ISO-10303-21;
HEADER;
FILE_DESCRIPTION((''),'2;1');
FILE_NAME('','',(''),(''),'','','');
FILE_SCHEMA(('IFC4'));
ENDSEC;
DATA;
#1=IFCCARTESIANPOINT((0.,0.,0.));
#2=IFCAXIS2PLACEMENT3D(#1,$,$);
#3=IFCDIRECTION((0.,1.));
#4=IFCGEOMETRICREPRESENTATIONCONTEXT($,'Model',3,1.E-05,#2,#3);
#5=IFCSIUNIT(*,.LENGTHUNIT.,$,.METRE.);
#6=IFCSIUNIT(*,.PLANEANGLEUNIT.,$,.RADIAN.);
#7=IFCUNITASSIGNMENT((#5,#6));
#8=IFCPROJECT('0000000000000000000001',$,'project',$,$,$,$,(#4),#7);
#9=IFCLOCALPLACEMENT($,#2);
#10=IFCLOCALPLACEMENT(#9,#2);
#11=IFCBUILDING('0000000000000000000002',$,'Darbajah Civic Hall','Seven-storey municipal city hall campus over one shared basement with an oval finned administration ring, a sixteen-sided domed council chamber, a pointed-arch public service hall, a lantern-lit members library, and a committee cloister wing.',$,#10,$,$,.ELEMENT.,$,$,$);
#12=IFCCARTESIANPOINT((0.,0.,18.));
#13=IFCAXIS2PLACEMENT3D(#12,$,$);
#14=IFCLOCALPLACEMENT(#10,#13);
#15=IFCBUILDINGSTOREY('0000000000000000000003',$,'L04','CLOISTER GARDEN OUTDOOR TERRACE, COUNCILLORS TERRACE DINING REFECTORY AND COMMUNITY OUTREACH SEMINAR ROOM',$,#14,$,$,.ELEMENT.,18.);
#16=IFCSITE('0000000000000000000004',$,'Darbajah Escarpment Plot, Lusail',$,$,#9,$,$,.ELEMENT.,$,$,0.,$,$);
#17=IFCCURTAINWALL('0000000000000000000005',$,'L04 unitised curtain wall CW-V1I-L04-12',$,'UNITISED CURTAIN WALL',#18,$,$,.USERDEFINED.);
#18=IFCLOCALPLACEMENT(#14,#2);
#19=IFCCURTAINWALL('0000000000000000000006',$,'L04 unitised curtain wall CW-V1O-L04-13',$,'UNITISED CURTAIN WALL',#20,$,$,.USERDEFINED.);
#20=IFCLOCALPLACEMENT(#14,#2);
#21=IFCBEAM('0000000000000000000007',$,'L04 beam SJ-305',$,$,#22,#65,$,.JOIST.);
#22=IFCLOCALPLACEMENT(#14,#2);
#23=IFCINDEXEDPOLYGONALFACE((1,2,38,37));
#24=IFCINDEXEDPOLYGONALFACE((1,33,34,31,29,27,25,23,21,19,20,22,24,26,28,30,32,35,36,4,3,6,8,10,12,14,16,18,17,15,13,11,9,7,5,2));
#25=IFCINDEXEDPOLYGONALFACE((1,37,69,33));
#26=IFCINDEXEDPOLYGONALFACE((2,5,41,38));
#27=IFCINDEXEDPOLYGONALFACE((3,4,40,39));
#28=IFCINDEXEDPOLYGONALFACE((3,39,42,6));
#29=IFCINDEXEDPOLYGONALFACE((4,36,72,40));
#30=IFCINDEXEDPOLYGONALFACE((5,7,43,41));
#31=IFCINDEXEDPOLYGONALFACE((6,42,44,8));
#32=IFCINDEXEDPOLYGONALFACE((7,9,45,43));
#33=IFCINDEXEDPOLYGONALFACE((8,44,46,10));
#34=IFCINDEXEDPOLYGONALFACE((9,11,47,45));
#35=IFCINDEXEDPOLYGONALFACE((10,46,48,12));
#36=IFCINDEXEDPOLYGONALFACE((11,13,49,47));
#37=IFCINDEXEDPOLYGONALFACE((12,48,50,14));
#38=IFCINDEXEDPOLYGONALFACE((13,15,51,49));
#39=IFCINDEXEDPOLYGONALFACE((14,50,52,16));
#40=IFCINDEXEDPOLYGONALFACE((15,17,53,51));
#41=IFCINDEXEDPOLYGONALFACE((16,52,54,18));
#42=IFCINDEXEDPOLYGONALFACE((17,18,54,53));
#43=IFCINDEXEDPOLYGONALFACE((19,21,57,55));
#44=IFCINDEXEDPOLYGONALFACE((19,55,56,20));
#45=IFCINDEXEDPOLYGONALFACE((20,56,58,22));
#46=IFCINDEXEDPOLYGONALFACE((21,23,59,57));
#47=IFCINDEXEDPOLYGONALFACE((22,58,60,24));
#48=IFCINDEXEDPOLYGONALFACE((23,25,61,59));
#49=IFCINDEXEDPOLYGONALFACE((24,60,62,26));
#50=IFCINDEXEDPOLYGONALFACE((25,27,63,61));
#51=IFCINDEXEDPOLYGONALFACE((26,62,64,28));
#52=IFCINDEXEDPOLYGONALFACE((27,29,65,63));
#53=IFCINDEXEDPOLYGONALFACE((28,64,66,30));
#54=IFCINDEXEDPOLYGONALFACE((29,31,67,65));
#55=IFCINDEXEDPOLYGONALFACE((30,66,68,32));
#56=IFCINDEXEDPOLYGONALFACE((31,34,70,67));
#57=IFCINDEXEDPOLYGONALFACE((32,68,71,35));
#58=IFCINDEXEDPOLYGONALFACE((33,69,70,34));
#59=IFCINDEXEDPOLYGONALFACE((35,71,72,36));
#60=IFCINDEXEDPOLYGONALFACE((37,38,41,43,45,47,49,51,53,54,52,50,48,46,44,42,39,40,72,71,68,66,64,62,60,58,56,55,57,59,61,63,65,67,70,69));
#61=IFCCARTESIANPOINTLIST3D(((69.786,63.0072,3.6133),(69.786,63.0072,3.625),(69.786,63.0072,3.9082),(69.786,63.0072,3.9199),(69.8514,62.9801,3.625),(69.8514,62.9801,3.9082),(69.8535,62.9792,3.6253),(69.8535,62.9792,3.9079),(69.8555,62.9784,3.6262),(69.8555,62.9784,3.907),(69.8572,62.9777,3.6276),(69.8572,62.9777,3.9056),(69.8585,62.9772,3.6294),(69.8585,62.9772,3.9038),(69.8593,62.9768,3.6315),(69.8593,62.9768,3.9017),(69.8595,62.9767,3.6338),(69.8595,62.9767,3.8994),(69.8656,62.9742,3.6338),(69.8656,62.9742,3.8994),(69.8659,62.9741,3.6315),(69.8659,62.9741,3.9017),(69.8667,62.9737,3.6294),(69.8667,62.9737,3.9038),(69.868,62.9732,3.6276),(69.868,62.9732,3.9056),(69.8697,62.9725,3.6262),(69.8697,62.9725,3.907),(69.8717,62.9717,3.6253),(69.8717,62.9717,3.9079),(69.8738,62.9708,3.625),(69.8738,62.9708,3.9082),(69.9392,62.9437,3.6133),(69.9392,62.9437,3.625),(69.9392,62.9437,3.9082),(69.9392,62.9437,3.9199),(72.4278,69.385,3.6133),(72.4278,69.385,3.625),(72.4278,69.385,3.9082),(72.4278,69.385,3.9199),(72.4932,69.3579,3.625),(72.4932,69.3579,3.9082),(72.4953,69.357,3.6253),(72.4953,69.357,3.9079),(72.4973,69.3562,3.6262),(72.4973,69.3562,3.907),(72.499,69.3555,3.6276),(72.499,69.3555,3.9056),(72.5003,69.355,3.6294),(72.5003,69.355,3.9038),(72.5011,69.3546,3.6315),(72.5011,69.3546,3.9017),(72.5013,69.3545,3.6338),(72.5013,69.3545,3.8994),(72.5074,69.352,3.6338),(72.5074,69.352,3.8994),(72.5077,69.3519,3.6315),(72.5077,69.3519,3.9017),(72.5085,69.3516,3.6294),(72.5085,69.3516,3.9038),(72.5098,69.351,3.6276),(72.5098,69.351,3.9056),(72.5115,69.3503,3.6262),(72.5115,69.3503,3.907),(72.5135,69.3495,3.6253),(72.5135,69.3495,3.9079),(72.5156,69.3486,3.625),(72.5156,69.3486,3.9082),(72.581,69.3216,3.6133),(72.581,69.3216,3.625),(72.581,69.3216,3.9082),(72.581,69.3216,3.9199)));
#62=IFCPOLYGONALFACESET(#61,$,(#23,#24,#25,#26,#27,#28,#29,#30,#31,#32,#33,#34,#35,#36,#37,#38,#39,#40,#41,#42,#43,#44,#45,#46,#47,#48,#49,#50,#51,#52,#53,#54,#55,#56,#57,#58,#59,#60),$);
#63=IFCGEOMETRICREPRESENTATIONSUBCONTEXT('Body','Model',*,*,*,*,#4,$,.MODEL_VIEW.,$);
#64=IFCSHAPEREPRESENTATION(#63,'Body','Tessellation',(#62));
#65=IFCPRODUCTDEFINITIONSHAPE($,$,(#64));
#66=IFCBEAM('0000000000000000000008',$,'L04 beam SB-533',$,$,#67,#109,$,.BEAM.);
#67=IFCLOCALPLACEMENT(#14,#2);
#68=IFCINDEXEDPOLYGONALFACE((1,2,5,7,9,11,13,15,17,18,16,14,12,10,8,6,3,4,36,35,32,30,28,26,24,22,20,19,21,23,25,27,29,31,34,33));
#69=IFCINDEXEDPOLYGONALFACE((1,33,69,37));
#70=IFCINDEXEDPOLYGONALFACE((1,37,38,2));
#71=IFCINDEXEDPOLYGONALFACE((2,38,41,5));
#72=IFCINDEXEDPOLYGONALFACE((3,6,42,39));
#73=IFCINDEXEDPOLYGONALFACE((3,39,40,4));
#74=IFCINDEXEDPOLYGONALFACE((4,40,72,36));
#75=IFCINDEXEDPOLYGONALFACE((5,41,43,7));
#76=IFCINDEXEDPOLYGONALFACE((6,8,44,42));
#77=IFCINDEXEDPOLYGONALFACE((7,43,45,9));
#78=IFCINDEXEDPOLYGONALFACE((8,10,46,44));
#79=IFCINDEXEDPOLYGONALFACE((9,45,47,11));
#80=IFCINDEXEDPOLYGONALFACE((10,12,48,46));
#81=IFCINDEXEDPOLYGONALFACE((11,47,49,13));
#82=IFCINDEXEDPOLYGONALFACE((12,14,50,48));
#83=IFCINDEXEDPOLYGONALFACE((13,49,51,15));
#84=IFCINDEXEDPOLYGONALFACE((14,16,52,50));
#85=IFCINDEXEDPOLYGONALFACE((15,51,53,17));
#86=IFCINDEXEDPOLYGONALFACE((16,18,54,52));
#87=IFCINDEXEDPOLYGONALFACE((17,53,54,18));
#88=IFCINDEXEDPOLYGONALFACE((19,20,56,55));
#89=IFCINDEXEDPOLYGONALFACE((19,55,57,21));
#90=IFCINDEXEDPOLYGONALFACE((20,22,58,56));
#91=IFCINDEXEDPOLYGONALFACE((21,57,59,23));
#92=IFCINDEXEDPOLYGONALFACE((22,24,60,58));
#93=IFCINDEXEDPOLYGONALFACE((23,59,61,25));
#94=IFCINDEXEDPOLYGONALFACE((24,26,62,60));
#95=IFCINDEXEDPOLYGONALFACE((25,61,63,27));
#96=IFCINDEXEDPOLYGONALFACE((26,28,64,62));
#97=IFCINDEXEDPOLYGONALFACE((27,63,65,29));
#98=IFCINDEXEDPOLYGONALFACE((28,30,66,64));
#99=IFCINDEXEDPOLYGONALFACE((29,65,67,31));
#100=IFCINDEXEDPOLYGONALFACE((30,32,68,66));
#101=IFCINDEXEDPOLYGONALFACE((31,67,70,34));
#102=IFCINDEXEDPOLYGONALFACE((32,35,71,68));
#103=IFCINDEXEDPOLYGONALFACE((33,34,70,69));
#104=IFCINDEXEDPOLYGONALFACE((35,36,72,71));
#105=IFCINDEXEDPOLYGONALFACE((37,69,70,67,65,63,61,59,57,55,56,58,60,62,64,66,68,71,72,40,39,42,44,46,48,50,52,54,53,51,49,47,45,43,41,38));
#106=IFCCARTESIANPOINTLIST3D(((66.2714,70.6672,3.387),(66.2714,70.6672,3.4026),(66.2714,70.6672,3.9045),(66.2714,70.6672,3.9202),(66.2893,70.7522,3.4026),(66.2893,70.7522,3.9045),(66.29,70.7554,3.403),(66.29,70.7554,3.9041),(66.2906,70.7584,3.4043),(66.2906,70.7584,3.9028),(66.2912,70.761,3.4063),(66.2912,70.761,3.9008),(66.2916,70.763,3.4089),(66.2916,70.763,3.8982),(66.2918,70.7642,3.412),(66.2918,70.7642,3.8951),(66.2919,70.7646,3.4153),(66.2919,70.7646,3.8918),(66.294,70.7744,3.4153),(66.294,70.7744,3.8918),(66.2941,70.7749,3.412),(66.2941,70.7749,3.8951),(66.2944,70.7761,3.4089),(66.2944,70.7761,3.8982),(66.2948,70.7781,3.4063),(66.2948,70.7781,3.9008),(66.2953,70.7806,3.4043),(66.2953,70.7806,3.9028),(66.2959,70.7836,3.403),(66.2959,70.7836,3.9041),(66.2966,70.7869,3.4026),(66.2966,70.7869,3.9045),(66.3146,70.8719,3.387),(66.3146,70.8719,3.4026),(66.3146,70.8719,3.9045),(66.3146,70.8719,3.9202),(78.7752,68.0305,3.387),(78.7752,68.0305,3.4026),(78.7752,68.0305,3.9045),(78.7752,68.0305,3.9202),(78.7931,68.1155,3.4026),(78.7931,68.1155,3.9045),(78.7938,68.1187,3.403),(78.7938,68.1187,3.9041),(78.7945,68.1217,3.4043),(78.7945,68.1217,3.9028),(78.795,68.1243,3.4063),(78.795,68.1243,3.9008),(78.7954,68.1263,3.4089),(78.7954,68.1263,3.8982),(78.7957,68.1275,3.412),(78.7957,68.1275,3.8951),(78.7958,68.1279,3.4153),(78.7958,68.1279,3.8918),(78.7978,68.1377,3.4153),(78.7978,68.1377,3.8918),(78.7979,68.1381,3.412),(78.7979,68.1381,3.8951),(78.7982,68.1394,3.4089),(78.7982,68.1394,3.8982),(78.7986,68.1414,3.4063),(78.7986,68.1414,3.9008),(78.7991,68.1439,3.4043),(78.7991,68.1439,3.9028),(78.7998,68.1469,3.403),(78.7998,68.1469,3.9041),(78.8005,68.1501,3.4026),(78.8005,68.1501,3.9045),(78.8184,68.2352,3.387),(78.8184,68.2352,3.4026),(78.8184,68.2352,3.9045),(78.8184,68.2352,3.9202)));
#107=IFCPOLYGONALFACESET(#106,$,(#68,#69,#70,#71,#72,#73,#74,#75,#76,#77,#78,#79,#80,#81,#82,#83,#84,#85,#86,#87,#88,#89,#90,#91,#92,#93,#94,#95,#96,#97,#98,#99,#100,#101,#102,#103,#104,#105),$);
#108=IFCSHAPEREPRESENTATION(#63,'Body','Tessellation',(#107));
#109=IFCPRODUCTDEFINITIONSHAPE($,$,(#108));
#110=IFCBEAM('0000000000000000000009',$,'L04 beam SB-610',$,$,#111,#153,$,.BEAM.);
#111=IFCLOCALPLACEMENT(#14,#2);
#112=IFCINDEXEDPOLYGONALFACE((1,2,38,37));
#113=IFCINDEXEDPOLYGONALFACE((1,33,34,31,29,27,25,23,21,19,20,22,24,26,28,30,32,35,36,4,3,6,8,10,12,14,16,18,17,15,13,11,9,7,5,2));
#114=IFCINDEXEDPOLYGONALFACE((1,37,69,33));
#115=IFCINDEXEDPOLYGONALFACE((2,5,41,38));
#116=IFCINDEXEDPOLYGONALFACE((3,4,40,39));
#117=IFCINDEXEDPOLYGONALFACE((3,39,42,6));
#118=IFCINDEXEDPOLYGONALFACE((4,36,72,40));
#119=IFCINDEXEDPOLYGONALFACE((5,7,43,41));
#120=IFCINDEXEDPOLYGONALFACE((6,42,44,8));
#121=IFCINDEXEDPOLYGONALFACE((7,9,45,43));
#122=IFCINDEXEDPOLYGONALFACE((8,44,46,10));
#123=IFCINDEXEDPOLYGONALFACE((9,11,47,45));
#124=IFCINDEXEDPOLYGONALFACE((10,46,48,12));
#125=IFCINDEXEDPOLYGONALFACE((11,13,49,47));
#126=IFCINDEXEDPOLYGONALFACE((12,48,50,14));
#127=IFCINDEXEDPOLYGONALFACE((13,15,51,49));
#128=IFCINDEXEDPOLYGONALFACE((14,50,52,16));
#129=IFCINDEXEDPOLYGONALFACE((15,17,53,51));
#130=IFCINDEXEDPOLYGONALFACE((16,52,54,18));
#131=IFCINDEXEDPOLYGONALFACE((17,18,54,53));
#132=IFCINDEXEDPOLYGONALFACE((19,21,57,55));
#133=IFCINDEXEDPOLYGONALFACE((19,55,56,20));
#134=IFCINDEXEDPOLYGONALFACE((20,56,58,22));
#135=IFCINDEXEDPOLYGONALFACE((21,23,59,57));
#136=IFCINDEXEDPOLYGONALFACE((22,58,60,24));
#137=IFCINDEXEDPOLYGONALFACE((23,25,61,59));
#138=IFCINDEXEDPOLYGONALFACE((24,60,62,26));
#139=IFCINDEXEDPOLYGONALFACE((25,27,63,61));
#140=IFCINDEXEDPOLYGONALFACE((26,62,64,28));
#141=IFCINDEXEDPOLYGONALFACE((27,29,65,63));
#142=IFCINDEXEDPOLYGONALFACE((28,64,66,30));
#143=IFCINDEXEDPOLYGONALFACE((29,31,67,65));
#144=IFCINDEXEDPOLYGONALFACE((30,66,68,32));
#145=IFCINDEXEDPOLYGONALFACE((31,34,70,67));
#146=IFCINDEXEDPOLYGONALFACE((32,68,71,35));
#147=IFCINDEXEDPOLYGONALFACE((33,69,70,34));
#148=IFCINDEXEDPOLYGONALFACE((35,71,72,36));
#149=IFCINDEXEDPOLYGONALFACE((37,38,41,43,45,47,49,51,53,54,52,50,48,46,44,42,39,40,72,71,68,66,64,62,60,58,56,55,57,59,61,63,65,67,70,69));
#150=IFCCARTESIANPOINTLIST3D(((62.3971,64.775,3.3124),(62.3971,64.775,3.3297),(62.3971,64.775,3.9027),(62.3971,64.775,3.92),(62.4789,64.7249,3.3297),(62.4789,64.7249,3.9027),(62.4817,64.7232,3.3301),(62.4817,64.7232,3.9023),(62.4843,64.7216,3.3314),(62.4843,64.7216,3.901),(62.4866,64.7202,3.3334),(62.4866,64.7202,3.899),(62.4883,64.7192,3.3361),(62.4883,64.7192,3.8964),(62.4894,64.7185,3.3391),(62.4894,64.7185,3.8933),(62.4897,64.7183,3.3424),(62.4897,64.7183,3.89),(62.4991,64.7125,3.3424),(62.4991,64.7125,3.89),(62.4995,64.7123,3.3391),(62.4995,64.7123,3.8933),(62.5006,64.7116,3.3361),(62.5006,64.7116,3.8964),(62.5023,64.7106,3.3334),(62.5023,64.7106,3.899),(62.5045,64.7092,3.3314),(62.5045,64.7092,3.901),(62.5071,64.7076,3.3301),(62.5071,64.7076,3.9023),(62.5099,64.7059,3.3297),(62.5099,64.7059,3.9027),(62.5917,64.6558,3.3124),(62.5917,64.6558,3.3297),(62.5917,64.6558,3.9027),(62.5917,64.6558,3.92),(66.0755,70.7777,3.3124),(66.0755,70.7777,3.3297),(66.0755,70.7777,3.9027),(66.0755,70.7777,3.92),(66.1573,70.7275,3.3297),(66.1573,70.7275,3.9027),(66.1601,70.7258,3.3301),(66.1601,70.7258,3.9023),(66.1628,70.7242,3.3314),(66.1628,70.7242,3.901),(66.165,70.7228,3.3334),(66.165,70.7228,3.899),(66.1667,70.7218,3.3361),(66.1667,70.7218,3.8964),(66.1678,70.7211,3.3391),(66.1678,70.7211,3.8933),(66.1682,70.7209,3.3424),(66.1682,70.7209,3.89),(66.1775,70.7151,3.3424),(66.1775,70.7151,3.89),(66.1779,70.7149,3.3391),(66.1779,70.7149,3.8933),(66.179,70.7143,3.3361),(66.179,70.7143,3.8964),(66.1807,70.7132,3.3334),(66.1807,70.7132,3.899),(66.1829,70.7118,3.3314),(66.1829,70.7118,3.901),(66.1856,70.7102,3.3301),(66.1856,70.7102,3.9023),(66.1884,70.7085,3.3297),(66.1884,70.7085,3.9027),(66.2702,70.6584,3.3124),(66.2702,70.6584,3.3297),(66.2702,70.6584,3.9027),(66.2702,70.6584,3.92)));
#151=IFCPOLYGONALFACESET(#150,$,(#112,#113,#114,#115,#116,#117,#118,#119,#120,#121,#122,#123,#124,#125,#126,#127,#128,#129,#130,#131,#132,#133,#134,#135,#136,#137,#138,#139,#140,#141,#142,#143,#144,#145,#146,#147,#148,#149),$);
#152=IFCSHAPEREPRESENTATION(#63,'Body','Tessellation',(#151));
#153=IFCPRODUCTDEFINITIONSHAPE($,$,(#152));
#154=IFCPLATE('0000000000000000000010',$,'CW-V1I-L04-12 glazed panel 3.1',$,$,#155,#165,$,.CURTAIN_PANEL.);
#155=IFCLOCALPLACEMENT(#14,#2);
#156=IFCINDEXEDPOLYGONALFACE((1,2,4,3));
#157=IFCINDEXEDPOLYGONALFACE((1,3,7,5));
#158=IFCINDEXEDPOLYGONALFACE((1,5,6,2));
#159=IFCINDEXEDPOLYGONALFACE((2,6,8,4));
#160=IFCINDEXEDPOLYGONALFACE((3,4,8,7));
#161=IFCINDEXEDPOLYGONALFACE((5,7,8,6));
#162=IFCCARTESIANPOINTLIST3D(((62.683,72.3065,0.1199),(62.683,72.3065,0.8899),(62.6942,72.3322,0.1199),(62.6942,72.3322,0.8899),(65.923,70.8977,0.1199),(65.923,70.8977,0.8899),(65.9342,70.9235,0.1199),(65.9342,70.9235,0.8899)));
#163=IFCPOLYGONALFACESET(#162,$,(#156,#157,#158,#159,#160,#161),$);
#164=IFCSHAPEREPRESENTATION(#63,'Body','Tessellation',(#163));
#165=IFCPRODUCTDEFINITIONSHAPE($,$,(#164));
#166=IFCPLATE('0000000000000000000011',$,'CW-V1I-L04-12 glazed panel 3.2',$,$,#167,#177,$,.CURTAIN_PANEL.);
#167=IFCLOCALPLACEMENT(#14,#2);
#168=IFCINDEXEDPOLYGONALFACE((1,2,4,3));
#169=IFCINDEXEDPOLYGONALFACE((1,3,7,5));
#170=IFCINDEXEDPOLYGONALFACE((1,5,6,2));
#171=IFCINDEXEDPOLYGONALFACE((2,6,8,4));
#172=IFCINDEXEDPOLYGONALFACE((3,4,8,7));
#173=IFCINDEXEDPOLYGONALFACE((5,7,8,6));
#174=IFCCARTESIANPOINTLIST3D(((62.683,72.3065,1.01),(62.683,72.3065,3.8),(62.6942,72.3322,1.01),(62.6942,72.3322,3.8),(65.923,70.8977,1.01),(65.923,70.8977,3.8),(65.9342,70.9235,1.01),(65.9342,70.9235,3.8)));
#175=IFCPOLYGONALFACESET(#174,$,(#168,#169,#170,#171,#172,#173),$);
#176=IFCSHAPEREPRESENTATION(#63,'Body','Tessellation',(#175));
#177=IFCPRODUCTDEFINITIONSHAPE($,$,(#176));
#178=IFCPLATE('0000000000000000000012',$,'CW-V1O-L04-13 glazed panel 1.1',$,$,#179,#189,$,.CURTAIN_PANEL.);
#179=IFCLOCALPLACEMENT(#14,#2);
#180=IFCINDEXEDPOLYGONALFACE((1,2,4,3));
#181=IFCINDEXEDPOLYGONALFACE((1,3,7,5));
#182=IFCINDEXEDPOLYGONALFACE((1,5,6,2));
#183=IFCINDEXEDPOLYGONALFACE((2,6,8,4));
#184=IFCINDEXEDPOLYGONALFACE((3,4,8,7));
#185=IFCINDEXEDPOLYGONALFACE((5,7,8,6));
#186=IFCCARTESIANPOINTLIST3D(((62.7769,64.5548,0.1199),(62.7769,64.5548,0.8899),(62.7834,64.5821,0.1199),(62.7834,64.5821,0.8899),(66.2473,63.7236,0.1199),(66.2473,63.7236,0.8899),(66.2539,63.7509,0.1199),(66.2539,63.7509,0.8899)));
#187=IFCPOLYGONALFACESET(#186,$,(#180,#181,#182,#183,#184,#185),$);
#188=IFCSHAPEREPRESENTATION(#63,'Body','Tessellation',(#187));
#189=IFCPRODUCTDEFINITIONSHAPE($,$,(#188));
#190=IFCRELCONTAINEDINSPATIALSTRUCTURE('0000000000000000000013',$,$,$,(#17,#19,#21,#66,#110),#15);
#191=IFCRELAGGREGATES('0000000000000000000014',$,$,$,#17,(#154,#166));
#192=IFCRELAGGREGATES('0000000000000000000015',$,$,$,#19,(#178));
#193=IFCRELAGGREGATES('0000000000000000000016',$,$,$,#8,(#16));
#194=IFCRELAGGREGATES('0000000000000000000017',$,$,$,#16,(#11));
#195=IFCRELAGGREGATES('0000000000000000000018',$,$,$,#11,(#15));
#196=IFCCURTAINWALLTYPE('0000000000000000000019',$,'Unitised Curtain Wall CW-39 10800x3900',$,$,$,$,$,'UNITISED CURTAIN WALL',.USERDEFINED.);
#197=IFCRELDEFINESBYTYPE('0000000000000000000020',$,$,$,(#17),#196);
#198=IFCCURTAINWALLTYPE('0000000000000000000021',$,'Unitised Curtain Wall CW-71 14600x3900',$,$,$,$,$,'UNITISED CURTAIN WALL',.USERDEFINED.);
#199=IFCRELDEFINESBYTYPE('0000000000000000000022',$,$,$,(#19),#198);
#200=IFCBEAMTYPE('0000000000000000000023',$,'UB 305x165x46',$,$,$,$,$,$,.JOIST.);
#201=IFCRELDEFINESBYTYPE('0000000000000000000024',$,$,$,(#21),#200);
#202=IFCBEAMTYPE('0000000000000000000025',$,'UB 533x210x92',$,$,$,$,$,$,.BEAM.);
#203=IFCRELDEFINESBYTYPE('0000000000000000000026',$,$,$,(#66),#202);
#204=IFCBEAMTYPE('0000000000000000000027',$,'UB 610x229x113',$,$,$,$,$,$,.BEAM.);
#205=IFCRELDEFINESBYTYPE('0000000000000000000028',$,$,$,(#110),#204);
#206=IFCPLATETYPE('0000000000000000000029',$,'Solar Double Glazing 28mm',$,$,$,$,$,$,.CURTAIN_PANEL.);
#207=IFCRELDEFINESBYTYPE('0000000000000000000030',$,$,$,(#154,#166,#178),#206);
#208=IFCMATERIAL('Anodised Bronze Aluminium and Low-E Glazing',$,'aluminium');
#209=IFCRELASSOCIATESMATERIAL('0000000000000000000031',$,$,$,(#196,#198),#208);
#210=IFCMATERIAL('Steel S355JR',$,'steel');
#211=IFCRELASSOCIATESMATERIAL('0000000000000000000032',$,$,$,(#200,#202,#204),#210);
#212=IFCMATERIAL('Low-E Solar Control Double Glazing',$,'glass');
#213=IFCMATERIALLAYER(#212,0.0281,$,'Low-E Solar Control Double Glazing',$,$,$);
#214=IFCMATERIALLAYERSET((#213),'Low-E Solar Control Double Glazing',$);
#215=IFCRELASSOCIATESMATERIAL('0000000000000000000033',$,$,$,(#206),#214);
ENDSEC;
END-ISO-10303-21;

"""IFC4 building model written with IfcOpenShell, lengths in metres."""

from ifc_helpers import new_model, si_unit, direction, frame, origin, origin_2d, place, context, subcontext, project, spatial, rectangle, i_section, extrude, material, layer, layer_set, material_profile, profile_set, type_object, element, aggregate, save


model = new_model("IFC4")

# Units and contexts
model_context = context("Model", 3, precision=1e-05, world=origin(), true_north=direction((0.0, 1.0)))
body_context = subcontext(model_context, "Body", "Model", "MODEL_VIEW")
ifc_project = project(units=[si_unit("LENGTHUNIT", "METRE"), si_unit("PLANEANGLEUNIT", "RADIAN")], contexts=[model_context])

# Site, building, storey
site_placement = place(None, origin())
site = spatial("IfcSite", under=ifc_project, at=site_placement, Name="Darbajah Escarpment Plot, Lusail", CompositionType="ELEMENT", RefElevation=0.0)
building_placement = place(site_placement, origin())
building = spatial("IfcBuilding", under=site, at=building_placement, Name="Darbajah Civic Hall", Description="Seven-storey municipal city hall campus over one shared basement with an oval finned administration ring, a sixteen-sided domed council chamber, a pointed-arch public service hall, a lantern-lit members library, and a committee cloister wing.", CompositionType="ELEMENT")
storey_placement = place(building_placement, frame((0.0, 0.0, 18.0)))
storey = spatial("IfcBuildingStorey", under=building, at=storey_placement, Name="L04", Description="CLOISTER GARDEN OUTDOOR TERRACE, COUNCILLORS TERRACE DINING REFECTORY AND COMMUNITY OUTREACH SEMINAR ROOM", CompositionType="ELEMENT", Elevation=18.0)

# Curtain wall
ifc_material_1 = material(Name="Anodised Bronze Aluminium and Low-E Glazing", Category="aluminium")
curtain_wall_type_1 = type_object("IfcCurtainWallType", Name="Unitised Curtain Wall CW-39 10800x3900", ElementType="UNITISED CURTAIN WALL", PredefinedType="USERDEFINED", material=ifc_material_1)
curtain_wall_1_placement = place(storey_placement, origin())
curtain_wall_1 = element("IfcCurtainWall", 1, at=curtain_wall_1_placement, inside=storey, type_object=curtain_wall_type_1, Name="L04 unitised curtain wall CW-V1I-L04-12", ObjectType="UNITISED CURTAIN WALL", PredefinedType="USERDEFINED")

# Curtain wall
curtain_wall_type_2 = type_object("IfcCurtainWallType", Name="Unitised Curtain Wall CW-71 14600x3900", ElementType="UNITISED CURTAIN WALL", PredefinedType="USERDEFINED", material=ifc_material_1)
curtain_wall_2_placement = place(storey_placement, origin())
curtain_wall_2 = element("IfcCurtainWall", 2, at=curtain_wall_2_placement, inside=storey, type_object=curtain_wall_type_2, Name="L04 unitised curtain wall CW-V1O-L04-13", ObjectType="UNITISED CURTAIN WALL", PredefinedType="USERDEFINED")

# Beams
ifc_material_2 = material(Name="Steel S355JR", Category="steel")
ifc_material_profile_1 = material_profile(ifc_material_2, i_section(OverallWidth=0.1658, OverallDepth=0.3066, WebThickness=0.0066, FlangeThickness=0.0117, FilletRadius=0.0088, at=origin_2d()), Name="UB 305x165x46")
ifc_profile_set_1 = profile_set([ifc_material_profile_1], Name="Steel S355JR")
beam_type_1 = type_object("IfcBeamType", Name="UB 305x165x46", PredefinedType="JOIST", material=ifc_profile_set_1)
beam_1_placement = place(storey_placement, frame((72.5044, 69.3533, 3.7666), z_axis=(-0.382686, -0.923878, 0.0), x_axis=(0.923878, -0.382686, 0.0)))
element("IfcBeam", 3, at=beam_1_placement, inside=storey, type_object=beam_type_1, Name="L04 beam SJ-305", PredefinedType="JOIST", context=body_context, shape_type="SweptSolid", body=[
    extrude(i_section(OverallWidth=0.1658, OverallDepth=0.3066, WebThickness=0.0066, FlangeThickness=0.0117, FilletRadius=0.0088, at=origin_2d()), origin(), (0.0, 0.0, 1.0), 6.9033),
])
ifc_material_profile_2 = material_profile(ifc_material_2, i_section(OverallWidth=0.2092, OverallDepth=0.5332, WebThickness=0.01, FlangeThickness=0.0156, FilletRadius=0.0127, at=origin_2d()), Name="UB 533x210x92")
ifc_profile_set_2 = profile_set([ifc_material_profile_2], Name="Steel S355JR")
beam_type_2 = type_object("IfcBeamType", Name="UB 533x210x92", PredefinedType="BEAM", material=ifc_profile_set_2)
beam_2_placement = place(storey_placement, frame((66.293, 70.7695, 3.6536), z_axis=(0.978482, -0.206334, 0.0), x_axis=(0.206334, 0.978482, 0.0)))
element("IfcBeam", 4, at=beam_2_placement, inside=storey, type_object=beam_type_2, Name="L04 beam SB-533", PredefinedType="BEAM", context=body_context, shape_type="SweptSolid", body=[
    extrude(i_section(OverallWidth=0.2092, OverallDepth=0.5332, WebThickness=0.01, FlangeThickness=0.0156, FilletRadius=0.0127, at=origin_2d()), origin(), (0.0, 0.0, 1.0), 12.7788),
])
ifc_material_profile_3 = material_profile(ifc_material_2, i_section(OverallWidth=0.2283, OverallDepth=0.6077, WebThickness=0.011, FlangeThickness=0.0173, FilletRadius=0.0127, at=origin_2d()), Name="UB 610x229x113")
ifc_profile_set_3 = profile_set([ifc_material_profile_3], Name="Steel S355JR")
beam_type_3 = type_object("IfcBeamType", Name="UB 610x229x113", PredefinedType="BEAM", material=ifc_profile_set_3)
beam_3_placement = place(storey_placement, frame((66.1729, 70.718, 3.6162), z_axis=(-0.5225, -0.852639, 0.0), x_axis=(0.852639, -0.5225, 0.0)))
element("IfcBeam", 5, at=beam_3_placement, inside=storey, type_object=beam_type_3, Name="L04 beam SB-610", PredefinedType="BEAM", context=body_context, shape_type="SweptSolid", body=[
    extrude(i_section(OverallWidth=0.2283, OverallDepth=0.6077, WebThickness=0.011, FlangeThickness=0.0173, FilletRadius=0.0127, at=origin_2d()), origin(), (0.0, 0.0, 1.0), 7.04),
])

# Plates
ifc_material_3 = material(Name="Low-E Solar Control Double Glazing", Category="glass")
ifc_layer_1 = layer(ifc_material_3, 0.0281, Name="Low-E Solar Control Double Glazing")
ifc_layer_set_1 = layer_set([ifc_layer_1], Name="Low-E Solar Control Double Glazing")
plate_type = type_object("IfcPlateType", Name="Solar Double Glazing 28mm", PredefinedType="CURTAIN_PANEL", material=ifc_layer_set_1)
plate_1_placement = place(storey_placement, frame((64.3086, 71.615, 0.1199), z_axis=(0.0, 0.0, 1.0), x_axis=(0.91706, -0.398749, 0.0)))
plate_1 = element("IfcPlate", 6, at=plate_1_placement, type_object=plate_type, Name="CW-V1I-L04-12 glazed panel 3.1", PredefinedType="CURTAIN_PANEL", context=body_context, shape_type="SweptSolid", body=[
    extrude(rectangle(XDim=3.533, YDim=0.0281, at=origin_2d()), origin(), (0.0, 0.0, 1.0), 0.77),
])
plate_2_placement = place(storey_placement, frame((64.3086, 71.615, 1.01), z_axis=(0.0, 0.0, 1.0), x_axis=(0.91706, -0.398749, 0.0)))
plate_2 = element("IfcPlate", 7, at=plate_2_placement, type_object=plate_type, Name="CW-V1I-L04-12 glazed panel 3.2", PredefinedType="CURTAIN_PANEL", context=body_context, shape_type="SweptSolid", body=[
    extrude(rectangle(XDim=3.533, YDim=0.0281, at=origin_2d()), origin(), (0.0, 0.0, 1.0), 2.79),
])
aggregate(curtain_wall_1, [plate_1, plate_2])
plate_3_placement = place(storey_placement, frame((64.5154, 64.1528, 0.1199), z_axis=(0.0, 0.0, 1.0), x_axis=(0.972492, -0.232936, 0.0)))
plate_3 = element("IfcPlate", 8, at=plate_3_placement, type_object=plate_type, Name="CW-V1O-L04-13 glazed panel 1.1", PredefinedType="CURTAIN_PANEL", context=body_context, shape_type="SweptSolid", body=[
    extrude(rectangle(XDim=3.5686, YDim=0.0281, at=origin_2d()), origin(), (0.0, 0.0, 1.0), 0.77),
])
aggregate(curtain_wall_2, [plate_3])

save(model, "model.ifc")
